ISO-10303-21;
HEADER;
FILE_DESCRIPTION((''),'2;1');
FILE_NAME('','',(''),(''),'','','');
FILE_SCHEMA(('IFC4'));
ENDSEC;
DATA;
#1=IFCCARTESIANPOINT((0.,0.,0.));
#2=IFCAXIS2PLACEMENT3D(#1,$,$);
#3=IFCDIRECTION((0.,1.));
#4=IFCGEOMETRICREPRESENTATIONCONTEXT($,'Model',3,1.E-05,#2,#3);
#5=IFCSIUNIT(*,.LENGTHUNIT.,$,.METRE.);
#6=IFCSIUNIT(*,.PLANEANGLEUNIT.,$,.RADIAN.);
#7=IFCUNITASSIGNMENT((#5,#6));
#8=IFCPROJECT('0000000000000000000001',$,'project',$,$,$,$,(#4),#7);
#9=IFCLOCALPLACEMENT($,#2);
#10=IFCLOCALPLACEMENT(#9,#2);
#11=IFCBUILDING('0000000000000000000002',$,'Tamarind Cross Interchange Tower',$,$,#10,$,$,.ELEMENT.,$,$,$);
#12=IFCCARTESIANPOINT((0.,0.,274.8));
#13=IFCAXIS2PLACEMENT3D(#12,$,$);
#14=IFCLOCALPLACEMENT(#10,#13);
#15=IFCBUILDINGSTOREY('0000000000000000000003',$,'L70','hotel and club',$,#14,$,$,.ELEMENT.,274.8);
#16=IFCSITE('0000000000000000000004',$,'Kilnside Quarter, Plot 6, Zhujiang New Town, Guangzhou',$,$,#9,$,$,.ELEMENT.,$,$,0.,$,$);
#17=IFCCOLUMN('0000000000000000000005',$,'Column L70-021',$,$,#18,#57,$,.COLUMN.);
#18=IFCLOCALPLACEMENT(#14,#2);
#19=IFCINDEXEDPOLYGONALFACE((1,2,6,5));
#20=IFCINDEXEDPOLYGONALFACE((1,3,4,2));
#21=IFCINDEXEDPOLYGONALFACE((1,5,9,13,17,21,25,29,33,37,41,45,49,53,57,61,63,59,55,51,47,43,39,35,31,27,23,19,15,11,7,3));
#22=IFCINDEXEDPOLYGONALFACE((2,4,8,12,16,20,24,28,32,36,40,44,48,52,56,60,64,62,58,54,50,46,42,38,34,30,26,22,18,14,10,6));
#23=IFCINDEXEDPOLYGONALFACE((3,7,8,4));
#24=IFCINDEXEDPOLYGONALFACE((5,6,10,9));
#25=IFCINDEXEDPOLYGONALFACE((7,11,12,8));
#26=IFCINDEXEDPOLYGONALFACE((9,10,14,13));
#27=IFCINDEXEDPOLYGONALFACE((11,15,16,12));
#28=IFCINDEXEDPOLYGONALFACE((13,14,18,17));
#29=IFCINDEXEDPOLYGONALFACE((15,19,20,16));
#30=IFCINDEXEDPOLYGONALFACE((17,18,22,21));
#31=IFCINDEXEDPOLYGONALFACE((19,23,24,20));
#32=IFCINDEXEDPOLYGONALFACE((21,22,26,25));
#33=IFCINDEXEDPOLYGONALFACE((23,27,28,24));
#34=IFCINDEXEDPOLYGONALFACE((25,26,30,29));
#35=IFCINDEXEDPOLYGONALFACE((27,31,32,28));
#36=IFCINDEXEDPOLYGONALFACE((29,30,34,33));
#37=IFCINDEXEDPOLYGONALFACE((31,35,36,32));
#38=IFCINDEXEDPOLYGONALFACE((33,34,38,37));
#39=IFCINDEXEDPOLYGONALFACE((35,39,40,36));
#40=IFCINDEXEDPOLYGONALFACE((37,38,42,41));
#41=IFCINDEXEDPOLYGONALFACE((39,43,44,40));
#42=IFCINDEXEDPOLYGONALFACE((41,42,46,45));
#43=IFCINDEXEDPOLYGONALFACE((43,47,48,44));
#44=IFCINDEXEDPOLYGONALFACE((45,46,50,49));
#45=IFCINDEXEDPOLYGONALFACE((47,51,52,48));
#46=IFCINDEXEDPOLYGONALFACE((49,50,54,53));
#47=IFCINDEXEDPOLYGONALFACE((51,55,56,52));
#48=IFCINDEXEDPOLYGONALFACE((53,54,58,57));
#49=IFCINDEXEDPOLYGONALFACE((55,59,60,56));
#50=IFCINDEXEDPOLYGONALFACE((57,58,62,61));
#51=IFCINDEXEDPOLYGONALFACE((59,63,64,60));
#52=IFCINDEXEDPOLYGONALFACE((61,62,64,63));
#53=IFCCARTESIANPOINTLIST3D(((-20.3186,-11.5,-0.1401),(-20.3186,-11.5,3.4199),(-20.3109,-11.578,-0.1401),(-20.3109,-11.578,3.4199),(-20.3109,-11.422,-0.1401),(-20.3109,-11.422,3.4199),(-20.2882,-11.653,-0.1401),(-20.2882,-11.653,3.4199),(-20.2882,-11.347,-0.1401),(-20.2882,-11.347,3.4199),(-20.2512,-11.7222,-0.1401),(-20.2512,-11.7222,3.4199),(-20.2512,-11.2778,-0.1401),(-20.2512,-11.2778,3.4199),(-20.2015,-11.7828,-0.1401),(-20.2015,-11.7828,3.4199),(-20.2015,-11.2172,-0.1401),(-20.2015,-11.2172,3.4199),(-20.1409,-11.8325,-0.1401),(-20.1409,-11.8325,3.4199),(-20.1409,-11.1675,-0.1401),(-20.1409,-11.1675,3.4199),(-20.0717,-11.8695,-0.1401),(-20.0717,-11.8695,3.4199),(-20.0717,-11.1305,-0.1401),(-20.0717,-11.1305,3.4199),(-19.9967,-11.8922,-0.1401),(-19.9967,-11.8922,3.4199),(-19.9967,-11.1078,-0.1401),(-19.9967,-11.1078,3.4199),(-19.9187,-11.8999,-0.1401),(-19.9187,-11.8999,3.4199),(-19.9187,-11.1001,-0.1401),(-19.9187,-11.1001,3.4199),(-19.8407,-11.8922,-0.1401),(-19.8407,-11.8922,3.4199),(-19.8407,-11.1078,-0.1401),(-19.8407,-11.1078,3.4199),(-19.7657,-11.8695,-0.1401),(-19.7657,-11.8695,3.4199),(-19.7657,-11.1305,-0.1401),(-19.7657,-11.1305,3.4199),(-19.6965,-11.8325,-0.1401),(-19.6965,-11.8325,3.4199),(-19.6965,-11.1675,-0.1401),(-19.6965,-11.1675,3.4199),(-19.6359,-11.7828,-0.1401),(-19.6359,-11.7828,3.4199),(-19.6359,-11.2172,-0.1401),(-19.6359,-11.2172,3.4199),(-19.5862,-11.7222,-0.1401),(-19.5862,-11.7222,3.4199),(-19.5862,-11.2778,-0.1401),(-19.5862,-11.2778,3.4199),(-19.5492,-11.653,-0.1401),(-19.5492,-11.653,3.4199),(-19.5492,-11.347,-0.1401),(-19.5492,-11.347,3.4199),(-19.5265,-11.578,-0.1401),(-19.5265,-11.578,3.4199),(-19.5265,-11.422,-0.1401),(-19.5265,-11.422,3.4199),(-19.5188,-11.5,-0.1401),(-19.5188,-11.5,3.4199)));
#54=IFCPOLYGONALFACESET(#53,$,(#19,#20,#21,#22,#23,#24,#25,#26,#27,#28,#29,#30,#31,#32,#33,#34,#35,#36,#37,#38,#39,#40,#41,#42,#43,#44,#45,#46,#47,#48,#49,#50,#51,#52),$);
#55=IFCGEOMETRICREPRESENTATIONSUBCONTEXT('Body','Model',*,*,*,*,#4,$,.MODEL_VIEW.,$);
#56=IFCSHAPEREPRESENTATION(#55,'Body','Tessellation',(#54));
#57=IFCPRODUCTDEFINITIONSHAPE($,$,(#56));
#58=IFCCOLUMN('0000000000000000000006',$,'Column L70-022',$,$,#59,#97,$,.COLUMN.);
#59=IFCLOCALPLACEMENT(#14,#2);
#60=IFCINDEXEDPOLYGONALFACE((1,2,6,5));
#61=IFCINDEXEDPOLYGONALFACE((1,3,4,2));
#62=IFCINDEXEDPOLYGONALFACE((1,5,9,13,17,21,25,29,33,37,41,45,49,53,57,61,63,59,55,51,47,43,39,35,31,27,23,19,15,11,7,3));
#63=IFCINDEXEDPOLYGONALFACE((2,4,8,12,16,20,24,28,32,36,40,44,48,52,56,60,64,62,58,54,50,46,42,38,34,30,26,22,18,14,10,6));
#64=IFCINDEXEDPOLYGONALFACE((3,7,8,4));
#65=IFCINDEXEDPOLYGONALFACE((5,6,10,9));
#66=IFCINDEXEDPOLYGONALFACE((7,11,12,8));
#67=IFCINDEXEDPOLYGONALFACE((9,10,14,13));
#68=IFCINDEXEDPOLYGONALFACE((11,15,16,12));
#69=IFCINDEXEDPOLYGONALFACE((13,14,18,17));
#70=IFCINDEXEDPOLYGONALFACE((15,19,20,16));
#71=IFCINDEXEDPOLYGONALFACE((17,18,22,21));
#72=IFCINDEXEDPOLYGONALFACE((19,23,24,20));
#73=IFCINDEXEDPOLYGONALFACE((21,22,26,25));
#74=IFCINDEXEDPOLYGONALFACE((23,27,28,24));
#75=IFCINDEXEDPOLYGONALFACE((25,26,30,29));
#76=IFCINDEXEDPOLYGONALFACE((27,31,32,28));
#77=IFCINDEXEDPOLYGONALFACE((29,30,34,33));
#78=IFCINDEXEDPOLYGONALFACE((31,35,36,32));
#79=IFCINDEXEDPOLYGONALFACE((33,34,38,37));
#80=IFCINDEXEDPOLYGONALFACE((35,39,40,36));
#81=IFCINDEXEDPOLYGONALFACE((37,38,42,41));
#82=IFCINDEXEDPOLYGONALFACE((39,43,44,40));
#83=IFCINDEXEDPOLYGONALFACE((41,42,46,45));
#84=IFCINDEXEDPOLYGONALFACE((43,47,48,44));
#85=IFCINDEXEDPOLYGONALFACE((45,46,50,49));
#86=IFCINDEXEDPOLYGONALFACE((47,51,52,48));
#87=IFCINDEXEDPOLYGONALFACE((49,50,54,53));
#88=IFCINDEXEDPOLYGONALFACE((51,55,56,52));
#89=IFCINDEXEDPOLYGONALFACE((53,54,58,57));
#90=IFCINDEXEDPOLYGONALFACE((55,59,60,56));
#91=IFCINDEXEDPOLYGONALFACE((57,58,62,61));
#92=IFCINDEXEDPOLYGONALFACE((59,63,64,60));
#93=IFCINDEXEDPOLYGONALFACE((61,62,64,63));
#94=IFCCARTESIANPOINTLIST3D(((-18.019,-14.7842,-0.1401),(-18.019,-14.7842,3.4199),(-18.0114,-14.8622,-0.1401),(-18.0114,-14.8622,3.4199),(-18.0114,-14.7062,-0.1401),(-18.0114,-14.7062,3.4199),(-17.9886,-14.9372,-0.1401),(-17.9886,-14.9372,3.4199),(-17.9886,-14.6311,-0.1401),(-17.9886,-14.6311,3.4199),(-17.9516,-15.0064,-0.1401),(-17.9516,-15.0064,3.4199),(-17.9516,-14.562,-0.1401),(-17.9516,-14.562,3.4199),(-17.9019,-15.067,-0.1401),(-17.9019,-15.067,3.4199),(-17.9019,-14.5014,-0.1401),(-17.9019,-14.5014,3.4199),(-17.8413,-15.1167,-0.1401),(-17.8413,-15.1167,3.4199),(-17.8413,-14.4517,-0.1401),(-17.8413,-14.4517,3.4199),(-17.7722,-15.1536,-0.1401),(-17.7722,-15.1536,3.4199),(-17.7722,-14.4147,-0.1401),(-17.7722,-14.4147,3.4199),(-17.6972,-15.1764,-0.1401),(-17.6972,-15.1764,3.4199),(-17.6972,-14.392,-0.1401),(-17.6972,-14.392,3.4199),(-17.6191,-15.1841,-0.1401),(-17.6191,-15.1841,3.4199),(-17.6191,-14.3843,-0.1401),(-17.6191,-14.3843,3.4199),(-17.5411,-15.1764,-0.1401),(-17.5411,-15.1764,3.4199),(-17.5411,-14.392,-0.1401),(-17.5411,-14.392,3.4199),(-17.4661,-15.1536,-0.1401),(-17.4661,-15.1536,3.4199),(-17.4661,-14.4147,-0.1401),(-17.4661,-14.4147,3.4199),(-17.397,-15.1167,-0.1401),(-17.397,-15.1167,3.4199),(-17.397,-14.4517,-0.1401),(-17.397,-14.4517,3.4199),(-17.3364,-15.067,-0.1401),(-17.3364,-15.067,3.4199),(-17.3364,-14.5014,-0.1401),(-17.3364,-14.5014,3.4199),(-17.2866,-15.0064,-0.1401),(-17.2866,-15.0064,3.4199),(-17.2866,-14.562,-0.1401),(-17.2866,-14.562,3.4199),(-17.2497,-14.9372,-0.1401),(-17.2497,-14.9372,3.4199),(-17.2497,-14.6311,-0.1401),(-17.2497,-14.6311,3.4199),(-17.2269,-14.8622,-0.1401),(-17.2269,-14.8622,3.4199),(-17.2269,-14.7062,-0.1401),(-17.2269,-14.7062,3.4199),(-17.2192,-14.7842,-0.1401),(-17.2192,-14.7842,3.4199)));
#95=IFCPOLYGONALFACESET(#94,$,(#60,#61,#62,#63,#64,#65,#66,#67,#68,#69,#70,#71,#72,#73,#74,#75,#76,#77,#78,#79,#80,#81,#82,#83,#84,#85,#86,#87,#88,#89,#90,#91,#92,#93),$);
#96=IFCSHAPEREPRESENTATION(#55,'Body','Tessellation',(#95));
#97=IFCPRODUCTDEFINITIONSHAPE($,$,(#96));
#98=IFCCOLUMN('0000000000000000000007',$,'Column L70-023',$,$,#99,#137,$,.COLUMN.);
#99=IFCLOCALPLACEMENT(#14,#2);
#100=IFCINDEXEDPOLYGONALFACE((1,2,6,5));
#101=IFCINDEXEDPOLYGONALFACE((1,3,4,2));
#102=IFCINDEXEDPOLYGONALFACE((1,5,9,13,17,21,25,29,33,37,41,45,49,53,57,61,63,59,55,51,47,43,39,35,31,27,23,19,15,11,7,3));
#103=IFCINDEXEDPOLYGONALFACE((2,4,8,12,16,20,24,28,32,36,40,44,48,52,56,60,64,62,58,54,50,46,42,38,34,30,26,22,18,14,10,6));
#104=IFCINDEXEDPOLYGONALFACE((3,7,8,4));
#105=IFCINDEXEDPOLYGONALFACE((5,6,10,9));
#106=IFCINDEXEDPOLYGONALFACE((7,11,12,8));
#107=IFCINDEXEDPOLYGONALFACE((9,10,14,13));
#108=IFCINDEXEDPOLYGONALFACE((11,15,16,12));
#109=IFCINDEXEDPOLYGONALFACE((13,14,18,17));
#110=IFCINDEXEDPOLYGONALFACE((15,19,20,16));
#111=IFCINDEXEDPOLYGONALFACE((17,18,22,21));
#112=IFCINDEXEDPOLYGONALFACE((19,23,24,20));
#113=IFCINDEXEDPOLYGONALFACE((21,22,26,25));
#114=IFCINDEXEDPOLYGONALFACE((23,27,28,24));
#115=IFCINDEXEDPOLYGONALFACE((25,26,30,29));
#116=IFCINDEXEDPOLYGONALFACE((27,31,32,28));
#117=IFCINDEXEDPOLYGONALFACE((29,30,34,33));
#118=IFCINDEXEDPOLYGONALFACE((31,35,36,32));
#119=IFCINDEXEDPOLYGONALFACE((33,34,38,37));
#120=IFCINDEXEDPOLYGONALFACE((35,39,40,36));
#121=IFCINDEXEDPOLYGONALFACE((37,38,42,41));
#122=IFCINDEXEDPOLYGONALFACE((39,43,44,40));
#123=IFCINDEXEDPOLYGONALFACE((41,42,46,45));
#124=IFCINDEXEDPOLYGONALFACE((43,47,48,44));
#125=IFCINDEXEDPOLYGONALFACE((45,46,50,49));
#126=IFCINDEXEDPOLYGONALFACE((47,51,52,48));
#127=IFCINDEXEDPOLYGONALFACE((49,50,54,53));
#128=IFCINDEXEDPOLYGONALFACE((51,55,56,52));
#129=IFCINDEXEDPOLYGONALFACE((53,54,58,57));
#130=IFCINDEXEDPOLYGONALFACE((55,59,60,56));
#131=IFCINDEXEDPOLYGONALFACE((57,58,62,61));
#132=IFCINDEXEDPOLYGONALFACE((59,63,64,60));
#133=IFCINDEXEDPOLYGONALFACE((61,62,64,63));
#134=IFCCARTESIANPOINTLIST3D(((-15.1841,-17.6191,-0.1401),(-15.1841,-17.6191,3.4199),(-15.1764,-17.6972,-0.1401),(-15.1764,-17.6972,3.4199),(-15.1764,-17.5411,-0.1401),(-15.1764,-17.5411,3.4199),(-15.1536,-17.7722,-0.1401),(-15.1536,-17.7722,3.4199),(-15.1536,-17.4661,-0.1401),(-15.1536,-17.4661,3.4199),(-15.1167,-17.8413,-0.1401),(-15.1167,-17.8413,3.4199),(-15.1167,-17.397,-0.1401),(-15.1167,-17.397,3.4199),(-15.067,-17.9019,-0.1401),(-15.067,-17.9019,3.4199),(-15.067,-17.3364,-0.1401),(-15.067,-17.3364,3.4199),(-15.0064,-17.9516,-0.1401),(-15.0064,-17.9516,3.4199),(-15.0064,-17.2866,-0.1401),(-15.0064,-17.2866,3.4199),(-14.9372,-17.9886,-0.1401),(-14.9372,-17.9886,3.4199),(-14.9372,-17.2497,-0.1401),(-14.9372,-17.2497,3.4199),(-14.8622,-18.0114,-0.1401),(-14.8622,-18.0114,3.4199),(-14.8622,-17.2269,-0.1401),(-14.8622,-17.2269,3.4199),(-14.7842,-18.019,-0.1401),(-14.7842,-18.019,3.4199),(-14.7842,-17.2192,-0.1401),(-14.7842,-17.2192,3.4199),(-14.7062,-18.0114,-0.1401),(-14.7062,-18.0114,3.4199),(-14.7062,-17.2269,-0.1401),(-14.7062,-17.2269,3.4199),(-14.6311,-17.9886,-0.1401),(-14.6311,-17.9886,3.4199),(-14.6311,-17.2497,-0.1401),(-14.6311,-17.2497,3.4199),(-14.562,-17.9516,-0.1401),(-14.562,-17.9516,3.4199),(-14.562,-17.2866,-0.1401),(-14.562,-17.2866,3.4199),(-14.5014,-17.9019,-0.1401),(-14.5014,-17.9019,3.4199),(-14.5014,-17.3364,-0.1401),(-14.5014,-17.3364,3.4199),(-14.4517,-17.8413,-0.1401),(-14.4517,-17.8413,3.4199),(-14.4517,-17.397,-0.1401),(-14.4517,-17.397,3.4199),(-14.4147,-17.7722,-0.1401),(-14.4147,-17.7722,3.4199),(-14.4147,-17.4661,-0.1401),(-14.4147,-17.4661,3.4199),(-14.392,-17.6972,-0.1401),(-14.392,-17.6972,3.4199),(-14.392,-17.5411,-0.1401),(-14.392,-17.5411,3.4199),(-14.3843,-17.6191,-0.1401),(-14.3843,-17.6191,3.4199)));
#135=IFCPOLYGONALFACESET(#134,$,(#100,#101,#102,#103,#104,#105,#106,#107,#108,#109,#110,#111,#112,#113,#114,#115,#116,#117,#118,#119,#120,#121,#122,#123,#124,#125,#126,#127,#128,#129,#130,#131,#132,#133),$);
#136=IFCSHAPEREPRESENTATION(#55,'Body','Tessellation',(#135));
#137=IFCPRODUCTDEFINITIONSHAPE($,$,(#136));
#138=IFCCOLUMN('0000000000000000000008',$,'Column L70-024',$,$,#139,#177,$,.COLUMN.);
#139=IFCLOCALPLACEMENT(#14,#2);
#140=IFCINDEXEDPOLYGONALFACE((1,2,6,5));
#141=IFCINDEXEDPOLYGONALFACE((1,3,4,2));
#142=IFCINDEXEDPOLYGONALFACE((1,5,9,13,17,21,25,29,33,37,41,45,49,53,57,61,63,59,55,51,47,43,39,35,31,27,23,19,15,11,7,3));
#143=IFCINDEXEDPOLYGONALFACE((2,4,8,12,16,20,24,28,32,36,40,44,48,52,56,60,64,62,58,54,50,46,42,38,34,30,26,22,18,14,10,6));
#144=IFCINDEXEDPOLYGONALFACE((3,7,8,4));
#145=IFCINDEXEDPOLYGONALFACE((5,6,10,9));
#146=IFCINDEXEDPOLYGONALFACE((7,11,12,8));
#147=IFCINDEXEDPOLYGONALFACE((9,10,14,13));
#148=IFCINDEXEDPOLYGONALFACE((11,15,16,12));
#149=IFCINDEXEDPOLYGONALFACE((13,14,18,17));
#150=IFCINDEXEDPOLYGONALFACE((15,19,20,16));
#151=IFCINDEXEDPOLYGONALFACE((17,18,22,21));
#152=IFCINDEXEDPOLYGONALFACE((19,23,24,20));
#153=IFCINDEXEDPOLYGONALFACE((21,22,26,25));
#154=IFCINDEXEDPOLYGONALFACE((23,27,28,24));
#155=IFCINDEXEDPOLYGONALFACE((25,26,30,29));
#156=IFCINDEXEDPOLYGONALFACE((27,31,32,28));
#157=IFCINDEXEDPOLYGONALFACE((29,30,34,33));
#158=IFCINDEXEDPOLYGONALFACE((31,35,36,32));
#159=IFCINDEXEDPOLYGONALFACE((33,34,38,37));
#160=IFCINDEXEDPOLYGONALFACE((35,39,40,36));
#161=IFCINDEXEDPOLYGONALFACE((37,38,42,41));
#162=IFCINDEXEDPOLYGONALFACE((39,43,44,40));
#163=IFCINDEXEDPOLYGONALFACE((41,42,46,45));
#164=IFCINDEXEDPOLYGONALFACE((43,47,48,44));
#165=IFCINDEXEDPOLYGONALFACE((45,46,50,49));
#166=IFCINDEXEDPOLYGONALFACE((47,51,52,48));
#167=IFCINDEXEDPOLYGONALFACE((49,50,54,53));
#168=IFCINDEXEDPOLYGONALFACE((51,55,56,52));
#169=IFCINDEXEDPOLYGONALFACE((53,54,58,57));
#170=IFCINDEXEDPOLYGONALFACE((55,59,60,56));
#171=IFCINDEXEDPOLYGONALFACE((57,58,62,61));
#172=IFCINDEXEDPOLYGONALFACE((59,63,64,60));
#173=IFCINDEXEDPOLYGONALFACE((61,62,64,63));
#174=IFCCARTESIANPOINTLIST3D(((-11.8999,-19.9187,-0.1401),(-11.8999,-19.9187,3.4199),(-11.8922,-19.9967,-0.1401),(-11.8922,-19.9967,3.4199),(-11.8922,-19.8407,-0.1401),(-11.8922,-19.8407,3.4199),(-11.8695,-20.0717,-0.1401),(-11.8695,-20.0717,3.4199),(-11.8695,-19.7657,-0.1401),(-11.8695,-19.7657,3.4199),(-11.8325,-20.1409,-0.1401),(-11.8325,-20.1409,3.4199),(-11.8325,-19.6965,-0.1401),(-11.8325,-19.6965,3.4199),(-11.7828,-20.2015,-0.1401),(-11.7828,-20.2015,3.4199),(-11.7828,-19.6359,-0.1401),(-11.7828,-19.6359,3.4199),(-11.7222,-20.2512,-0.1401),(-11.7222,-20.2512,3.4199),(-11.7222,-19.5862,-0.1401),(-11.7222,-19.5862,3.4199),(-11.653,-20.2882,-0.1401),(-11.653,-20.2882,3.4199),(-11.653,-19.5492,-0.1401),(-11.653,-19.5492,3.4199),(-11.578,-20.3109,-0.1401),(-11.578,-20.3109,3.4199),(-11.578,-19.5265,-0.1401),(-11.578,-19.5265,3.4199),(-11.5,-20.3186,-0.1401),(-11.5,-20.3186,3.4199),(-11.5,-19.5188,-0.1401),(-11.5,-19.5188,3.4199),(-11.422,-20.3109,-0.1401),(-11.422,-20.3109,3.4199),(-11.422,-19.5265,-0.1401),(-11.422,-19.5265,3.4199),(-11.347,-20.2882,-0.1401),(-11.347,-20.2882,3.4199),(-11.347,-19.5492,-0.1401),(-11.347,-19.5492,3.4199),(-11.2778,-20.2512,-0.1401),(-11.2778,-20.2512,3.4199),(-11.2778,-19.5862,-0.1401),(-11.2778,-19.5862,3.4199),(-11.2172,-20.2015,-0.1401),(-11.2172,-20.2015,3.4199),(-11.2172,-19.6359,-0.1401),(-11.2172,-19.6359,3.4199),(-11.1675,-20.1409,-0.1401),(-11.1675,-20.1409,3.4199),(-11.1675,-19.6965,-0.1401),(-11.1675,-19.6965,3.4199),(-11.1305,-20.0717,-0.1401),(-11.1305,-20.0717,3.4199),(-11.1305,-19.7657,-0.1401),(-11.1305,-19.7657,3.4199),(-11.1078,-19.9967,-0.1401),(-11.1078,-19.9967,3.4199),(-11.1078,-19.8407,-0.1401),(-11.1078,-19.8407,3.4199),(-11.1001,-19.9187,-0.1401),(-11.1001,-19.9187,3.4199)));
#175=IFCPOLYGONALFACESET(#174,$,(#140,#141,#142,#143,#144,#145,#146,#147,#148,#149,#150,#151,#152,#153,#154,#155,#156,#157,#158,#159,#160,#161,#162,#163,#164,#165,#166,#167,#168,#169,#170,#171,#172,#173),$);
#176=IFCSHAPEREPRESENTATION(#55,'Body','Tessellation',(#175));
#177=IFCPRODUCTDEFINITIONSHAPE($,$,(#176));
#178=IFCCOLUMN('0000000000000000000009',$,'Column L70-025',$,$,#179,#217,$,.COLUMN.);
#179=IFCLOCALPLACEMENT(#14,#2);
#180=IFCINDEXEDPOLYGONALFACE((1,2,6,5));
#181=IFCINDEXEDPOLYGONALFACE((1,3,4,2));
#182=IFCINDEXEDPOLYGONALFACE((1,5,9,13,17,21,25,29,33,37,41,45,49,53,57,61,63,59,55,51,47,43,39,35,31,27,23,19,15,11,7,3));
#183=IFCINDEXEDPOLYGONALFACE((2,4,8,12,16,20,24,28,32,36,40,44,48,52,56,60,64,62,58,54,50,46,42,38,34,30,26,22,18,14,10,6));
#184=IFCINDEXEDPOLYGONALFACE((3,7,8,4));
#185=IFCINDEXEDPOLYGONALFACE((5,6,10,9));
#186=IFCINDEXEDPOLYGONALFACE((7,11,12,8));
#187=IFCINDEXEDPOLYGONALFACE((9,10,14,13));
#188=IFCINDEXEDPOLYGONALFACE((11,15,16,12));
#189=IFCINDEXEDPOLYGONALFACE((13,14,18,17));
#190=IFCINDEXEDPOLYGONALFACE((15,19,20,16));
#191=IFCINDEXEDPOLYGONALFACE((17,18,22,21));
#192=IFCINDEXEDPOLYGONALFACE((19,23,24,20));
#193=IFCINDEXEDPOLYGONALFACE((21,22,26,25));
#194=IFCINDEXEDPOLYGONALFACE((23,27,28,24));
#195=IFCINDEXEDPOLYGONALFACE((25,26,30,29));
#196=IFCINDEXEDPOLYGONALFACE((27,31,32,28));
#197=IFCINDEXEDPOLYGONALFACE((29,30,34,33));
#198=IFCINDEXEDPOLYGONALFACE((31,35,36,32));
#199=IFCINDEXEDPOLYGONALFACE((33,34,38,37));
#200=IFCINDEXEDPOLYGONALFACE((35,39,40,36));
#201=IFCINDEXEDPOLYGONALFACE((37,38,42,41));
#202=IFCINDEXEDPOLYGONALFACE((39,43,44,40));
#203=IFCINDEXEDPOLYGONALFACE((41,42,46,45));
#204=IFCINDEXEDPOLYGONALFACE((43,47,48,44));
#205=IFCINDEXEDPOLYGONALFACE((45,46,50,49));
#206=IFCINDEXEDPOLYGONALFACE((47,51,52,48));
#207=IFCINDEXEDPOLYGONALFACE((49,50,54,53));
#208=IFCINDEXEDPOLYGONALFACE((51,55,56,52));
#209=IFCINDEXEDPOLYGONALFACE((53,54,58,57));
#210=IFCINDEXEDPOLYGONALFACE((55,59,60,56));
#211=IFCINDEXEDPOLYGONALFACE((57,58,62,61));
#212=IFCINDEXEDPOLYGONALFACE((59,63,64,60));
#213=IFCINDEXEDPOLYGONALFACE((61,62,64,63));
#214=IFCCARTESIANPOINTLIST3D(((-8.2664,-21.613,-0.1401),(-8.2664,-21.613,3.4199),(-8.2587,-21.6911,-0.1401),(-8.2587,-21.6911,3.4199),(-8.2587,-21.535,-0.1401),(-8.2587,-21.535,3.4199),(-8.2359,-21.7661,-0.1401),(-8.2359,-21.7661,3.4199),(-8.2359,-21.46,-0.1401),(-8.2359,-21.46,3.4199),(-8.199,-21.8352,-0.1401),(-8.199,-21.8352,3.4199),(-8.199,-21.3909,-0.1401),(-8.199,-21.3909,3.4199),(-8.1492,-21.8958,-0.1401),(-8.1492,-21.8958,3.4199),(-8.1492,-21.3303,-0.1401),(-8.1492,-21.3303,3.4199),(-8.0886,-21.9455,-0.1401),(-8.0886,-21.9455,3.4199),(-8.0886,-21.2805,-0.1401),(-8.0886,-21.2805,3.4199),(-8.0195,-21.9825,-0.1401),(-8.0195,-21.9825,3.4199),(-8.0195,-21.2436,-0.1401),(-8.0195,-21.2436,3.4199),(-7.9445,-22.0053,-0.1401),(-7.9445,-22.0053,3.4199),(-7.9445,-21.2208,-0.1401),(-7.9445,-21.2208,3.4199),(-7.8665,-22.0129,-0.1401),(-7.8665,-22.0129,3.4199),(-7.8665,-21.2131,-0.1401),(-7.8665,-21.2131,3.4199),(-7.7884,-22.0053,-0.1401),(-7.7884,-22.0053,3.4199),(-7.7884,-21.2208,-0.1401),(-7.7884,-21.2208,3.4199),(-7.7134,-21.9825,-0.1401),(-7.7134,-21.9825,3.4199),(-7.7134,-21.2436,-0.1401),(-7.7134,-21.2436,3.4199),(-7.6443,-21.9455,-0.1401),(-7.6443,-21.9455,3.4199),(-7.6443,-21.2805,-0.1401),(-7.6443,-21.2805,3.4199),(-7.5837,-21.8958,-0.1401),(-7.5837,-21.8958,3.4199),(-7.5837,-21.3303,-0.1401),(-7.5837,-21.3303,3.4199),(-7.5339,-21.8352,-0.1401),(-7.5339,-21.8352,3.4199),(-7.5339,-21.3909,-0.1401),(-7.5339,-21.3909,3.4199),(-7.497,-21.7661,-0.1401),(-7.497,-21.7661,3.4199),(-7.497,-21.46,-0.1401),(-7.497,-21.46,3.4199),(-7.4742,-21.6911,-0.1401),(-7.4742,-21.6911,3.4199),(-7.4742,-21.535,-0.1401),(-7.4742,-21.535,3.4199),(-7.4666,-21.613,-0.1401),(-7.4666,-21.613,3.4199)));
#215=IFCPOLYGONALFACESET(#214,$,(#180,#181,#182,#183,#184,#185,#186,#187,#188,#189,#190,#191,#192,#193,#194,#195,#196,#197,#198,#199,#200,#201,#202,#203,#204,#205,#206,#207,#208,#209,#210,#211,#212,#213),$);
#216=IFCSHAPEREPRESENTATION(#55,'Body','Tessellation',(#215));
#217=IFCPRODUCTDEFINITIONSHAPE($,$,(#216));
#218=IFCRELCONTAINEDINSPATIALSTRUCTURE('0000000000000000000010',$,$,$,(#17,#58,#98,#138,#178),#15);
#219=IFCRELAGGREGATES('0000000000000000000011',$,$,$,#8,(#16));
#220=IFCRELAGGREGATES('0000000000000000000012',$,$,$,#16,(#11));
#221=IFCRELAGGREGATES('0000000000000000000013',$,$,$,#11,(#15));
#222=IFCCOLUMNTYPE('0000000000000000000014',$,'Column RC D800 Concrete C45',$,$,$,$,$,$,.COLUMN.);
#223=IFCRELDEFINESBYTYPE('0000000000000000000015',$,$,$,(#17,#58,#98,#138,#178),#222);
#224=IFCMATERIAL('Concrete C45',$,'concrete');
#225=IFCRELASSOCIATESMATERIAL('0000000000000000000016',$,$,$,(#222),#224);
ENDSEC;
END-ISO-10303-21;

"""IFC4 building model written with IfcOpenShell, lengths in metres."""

from ifc_helpers import new_model, si_unit, direction, frame, origin, origin_2d, place, context, subcontext, project, spatial, circle, extrude, material, material_profile, profile_set, type_object, element, save


model = new_model("IFC4")

# Units and contexts
model_context = context("Model", 3, precision=1e-05, world=origin(), true_north=direction((0.0, 1.0)))
body_context = subcontext(model_context, "Body", "Model", "MODEL_VIEW")
ifc_project = project(units=[si_unit("LENGTHUNIT", "METRE"), si_unit("PLANEANGLEUNIT", "RADIAN")], contexts=[model_context])

# Site, building, storey
site_placement = place(None, origin())
site = spatial("IfcSite", under=ifc_project, at=site_placement, Name="Kilnside Quarter, Plot 6, Zhujiang New Town, Guangzhou", CompositionType="ELEMENT", RefElevation=0.0)
building_placement = place(site_placement, origin())
building = spatial("IfcBuilding", under=site, at=building_placement, Name="Tamarind Cross Interchange Tower", CompositionType="ELEMENT")
storey_placement = place(building_placement, frame((0.0, 0.0, 274.8)))
storey = spatial("IfcBuildingStorey", under=building, at=storey_placement, Name="L70", Description="hotel and club", CompositionType="ELEMENT", Elevation=274.8)

# Columns
ifc_material_1 = material(Name="Concrete C45", Category="concrete")
ifc_material_profile_1 = material_profile(ifc_material_1, circle(Radius=0.3999, at=origin_2d()), Name="RC D800")
ifc_profile_set_1 = profile_set([ifc_material_profile_1], Name="Concrete C45")
column_type = type_object("IfcColumnType", Name="Column RC D800 Concrete C45", PredefinedType="COLUMN", material=ifc_profile_set_1)
for number, where, z_axis, x_axis, name in (
    (1, (-19.9187, -11.5, -0.1401), (0.0, 0.0, 1.0), (1.0, 0.0, 0.0), "Column L70-021"),
    (2, (-17.6191, -14.7842, -0.1401), (0.0, 0.0, 1.0), (1.0, 0.0, 0.0), "Column L70-022"),
    (3, (-14.7842, -17.6191, -0.1401), (0.0, 0.0, 1.0), (1.0, 0.0, 0.0), "Column L70-023"),
    (4, (-11.5, -19.9187, -0.1401), (0.0, 0.0, 1.0), (1.0, 0.0, 0.0), "Column L70-024"),
    (5, (-7.8665, -21.613, -0.1401), (0.0, 0.0, 1.0), (1.0, 0.0, 0.0), "Column L70-025"),
):
    element("IfcColumn", number, at=place(storey_placement, frame(where, z_axis=z_axis, x_axis=x_axis)), inside=storey, type_object=column_type, Name=name, PredefinedType="COLUMN", context=body_context, shape_type="SweptSolid", body=[
        extrude(circle(Radius=0.3999, at=origin_2d()), origin(), (0.0, 0.0, 1.0), 3.5601),
    ])

save(model, "model.ifc")
